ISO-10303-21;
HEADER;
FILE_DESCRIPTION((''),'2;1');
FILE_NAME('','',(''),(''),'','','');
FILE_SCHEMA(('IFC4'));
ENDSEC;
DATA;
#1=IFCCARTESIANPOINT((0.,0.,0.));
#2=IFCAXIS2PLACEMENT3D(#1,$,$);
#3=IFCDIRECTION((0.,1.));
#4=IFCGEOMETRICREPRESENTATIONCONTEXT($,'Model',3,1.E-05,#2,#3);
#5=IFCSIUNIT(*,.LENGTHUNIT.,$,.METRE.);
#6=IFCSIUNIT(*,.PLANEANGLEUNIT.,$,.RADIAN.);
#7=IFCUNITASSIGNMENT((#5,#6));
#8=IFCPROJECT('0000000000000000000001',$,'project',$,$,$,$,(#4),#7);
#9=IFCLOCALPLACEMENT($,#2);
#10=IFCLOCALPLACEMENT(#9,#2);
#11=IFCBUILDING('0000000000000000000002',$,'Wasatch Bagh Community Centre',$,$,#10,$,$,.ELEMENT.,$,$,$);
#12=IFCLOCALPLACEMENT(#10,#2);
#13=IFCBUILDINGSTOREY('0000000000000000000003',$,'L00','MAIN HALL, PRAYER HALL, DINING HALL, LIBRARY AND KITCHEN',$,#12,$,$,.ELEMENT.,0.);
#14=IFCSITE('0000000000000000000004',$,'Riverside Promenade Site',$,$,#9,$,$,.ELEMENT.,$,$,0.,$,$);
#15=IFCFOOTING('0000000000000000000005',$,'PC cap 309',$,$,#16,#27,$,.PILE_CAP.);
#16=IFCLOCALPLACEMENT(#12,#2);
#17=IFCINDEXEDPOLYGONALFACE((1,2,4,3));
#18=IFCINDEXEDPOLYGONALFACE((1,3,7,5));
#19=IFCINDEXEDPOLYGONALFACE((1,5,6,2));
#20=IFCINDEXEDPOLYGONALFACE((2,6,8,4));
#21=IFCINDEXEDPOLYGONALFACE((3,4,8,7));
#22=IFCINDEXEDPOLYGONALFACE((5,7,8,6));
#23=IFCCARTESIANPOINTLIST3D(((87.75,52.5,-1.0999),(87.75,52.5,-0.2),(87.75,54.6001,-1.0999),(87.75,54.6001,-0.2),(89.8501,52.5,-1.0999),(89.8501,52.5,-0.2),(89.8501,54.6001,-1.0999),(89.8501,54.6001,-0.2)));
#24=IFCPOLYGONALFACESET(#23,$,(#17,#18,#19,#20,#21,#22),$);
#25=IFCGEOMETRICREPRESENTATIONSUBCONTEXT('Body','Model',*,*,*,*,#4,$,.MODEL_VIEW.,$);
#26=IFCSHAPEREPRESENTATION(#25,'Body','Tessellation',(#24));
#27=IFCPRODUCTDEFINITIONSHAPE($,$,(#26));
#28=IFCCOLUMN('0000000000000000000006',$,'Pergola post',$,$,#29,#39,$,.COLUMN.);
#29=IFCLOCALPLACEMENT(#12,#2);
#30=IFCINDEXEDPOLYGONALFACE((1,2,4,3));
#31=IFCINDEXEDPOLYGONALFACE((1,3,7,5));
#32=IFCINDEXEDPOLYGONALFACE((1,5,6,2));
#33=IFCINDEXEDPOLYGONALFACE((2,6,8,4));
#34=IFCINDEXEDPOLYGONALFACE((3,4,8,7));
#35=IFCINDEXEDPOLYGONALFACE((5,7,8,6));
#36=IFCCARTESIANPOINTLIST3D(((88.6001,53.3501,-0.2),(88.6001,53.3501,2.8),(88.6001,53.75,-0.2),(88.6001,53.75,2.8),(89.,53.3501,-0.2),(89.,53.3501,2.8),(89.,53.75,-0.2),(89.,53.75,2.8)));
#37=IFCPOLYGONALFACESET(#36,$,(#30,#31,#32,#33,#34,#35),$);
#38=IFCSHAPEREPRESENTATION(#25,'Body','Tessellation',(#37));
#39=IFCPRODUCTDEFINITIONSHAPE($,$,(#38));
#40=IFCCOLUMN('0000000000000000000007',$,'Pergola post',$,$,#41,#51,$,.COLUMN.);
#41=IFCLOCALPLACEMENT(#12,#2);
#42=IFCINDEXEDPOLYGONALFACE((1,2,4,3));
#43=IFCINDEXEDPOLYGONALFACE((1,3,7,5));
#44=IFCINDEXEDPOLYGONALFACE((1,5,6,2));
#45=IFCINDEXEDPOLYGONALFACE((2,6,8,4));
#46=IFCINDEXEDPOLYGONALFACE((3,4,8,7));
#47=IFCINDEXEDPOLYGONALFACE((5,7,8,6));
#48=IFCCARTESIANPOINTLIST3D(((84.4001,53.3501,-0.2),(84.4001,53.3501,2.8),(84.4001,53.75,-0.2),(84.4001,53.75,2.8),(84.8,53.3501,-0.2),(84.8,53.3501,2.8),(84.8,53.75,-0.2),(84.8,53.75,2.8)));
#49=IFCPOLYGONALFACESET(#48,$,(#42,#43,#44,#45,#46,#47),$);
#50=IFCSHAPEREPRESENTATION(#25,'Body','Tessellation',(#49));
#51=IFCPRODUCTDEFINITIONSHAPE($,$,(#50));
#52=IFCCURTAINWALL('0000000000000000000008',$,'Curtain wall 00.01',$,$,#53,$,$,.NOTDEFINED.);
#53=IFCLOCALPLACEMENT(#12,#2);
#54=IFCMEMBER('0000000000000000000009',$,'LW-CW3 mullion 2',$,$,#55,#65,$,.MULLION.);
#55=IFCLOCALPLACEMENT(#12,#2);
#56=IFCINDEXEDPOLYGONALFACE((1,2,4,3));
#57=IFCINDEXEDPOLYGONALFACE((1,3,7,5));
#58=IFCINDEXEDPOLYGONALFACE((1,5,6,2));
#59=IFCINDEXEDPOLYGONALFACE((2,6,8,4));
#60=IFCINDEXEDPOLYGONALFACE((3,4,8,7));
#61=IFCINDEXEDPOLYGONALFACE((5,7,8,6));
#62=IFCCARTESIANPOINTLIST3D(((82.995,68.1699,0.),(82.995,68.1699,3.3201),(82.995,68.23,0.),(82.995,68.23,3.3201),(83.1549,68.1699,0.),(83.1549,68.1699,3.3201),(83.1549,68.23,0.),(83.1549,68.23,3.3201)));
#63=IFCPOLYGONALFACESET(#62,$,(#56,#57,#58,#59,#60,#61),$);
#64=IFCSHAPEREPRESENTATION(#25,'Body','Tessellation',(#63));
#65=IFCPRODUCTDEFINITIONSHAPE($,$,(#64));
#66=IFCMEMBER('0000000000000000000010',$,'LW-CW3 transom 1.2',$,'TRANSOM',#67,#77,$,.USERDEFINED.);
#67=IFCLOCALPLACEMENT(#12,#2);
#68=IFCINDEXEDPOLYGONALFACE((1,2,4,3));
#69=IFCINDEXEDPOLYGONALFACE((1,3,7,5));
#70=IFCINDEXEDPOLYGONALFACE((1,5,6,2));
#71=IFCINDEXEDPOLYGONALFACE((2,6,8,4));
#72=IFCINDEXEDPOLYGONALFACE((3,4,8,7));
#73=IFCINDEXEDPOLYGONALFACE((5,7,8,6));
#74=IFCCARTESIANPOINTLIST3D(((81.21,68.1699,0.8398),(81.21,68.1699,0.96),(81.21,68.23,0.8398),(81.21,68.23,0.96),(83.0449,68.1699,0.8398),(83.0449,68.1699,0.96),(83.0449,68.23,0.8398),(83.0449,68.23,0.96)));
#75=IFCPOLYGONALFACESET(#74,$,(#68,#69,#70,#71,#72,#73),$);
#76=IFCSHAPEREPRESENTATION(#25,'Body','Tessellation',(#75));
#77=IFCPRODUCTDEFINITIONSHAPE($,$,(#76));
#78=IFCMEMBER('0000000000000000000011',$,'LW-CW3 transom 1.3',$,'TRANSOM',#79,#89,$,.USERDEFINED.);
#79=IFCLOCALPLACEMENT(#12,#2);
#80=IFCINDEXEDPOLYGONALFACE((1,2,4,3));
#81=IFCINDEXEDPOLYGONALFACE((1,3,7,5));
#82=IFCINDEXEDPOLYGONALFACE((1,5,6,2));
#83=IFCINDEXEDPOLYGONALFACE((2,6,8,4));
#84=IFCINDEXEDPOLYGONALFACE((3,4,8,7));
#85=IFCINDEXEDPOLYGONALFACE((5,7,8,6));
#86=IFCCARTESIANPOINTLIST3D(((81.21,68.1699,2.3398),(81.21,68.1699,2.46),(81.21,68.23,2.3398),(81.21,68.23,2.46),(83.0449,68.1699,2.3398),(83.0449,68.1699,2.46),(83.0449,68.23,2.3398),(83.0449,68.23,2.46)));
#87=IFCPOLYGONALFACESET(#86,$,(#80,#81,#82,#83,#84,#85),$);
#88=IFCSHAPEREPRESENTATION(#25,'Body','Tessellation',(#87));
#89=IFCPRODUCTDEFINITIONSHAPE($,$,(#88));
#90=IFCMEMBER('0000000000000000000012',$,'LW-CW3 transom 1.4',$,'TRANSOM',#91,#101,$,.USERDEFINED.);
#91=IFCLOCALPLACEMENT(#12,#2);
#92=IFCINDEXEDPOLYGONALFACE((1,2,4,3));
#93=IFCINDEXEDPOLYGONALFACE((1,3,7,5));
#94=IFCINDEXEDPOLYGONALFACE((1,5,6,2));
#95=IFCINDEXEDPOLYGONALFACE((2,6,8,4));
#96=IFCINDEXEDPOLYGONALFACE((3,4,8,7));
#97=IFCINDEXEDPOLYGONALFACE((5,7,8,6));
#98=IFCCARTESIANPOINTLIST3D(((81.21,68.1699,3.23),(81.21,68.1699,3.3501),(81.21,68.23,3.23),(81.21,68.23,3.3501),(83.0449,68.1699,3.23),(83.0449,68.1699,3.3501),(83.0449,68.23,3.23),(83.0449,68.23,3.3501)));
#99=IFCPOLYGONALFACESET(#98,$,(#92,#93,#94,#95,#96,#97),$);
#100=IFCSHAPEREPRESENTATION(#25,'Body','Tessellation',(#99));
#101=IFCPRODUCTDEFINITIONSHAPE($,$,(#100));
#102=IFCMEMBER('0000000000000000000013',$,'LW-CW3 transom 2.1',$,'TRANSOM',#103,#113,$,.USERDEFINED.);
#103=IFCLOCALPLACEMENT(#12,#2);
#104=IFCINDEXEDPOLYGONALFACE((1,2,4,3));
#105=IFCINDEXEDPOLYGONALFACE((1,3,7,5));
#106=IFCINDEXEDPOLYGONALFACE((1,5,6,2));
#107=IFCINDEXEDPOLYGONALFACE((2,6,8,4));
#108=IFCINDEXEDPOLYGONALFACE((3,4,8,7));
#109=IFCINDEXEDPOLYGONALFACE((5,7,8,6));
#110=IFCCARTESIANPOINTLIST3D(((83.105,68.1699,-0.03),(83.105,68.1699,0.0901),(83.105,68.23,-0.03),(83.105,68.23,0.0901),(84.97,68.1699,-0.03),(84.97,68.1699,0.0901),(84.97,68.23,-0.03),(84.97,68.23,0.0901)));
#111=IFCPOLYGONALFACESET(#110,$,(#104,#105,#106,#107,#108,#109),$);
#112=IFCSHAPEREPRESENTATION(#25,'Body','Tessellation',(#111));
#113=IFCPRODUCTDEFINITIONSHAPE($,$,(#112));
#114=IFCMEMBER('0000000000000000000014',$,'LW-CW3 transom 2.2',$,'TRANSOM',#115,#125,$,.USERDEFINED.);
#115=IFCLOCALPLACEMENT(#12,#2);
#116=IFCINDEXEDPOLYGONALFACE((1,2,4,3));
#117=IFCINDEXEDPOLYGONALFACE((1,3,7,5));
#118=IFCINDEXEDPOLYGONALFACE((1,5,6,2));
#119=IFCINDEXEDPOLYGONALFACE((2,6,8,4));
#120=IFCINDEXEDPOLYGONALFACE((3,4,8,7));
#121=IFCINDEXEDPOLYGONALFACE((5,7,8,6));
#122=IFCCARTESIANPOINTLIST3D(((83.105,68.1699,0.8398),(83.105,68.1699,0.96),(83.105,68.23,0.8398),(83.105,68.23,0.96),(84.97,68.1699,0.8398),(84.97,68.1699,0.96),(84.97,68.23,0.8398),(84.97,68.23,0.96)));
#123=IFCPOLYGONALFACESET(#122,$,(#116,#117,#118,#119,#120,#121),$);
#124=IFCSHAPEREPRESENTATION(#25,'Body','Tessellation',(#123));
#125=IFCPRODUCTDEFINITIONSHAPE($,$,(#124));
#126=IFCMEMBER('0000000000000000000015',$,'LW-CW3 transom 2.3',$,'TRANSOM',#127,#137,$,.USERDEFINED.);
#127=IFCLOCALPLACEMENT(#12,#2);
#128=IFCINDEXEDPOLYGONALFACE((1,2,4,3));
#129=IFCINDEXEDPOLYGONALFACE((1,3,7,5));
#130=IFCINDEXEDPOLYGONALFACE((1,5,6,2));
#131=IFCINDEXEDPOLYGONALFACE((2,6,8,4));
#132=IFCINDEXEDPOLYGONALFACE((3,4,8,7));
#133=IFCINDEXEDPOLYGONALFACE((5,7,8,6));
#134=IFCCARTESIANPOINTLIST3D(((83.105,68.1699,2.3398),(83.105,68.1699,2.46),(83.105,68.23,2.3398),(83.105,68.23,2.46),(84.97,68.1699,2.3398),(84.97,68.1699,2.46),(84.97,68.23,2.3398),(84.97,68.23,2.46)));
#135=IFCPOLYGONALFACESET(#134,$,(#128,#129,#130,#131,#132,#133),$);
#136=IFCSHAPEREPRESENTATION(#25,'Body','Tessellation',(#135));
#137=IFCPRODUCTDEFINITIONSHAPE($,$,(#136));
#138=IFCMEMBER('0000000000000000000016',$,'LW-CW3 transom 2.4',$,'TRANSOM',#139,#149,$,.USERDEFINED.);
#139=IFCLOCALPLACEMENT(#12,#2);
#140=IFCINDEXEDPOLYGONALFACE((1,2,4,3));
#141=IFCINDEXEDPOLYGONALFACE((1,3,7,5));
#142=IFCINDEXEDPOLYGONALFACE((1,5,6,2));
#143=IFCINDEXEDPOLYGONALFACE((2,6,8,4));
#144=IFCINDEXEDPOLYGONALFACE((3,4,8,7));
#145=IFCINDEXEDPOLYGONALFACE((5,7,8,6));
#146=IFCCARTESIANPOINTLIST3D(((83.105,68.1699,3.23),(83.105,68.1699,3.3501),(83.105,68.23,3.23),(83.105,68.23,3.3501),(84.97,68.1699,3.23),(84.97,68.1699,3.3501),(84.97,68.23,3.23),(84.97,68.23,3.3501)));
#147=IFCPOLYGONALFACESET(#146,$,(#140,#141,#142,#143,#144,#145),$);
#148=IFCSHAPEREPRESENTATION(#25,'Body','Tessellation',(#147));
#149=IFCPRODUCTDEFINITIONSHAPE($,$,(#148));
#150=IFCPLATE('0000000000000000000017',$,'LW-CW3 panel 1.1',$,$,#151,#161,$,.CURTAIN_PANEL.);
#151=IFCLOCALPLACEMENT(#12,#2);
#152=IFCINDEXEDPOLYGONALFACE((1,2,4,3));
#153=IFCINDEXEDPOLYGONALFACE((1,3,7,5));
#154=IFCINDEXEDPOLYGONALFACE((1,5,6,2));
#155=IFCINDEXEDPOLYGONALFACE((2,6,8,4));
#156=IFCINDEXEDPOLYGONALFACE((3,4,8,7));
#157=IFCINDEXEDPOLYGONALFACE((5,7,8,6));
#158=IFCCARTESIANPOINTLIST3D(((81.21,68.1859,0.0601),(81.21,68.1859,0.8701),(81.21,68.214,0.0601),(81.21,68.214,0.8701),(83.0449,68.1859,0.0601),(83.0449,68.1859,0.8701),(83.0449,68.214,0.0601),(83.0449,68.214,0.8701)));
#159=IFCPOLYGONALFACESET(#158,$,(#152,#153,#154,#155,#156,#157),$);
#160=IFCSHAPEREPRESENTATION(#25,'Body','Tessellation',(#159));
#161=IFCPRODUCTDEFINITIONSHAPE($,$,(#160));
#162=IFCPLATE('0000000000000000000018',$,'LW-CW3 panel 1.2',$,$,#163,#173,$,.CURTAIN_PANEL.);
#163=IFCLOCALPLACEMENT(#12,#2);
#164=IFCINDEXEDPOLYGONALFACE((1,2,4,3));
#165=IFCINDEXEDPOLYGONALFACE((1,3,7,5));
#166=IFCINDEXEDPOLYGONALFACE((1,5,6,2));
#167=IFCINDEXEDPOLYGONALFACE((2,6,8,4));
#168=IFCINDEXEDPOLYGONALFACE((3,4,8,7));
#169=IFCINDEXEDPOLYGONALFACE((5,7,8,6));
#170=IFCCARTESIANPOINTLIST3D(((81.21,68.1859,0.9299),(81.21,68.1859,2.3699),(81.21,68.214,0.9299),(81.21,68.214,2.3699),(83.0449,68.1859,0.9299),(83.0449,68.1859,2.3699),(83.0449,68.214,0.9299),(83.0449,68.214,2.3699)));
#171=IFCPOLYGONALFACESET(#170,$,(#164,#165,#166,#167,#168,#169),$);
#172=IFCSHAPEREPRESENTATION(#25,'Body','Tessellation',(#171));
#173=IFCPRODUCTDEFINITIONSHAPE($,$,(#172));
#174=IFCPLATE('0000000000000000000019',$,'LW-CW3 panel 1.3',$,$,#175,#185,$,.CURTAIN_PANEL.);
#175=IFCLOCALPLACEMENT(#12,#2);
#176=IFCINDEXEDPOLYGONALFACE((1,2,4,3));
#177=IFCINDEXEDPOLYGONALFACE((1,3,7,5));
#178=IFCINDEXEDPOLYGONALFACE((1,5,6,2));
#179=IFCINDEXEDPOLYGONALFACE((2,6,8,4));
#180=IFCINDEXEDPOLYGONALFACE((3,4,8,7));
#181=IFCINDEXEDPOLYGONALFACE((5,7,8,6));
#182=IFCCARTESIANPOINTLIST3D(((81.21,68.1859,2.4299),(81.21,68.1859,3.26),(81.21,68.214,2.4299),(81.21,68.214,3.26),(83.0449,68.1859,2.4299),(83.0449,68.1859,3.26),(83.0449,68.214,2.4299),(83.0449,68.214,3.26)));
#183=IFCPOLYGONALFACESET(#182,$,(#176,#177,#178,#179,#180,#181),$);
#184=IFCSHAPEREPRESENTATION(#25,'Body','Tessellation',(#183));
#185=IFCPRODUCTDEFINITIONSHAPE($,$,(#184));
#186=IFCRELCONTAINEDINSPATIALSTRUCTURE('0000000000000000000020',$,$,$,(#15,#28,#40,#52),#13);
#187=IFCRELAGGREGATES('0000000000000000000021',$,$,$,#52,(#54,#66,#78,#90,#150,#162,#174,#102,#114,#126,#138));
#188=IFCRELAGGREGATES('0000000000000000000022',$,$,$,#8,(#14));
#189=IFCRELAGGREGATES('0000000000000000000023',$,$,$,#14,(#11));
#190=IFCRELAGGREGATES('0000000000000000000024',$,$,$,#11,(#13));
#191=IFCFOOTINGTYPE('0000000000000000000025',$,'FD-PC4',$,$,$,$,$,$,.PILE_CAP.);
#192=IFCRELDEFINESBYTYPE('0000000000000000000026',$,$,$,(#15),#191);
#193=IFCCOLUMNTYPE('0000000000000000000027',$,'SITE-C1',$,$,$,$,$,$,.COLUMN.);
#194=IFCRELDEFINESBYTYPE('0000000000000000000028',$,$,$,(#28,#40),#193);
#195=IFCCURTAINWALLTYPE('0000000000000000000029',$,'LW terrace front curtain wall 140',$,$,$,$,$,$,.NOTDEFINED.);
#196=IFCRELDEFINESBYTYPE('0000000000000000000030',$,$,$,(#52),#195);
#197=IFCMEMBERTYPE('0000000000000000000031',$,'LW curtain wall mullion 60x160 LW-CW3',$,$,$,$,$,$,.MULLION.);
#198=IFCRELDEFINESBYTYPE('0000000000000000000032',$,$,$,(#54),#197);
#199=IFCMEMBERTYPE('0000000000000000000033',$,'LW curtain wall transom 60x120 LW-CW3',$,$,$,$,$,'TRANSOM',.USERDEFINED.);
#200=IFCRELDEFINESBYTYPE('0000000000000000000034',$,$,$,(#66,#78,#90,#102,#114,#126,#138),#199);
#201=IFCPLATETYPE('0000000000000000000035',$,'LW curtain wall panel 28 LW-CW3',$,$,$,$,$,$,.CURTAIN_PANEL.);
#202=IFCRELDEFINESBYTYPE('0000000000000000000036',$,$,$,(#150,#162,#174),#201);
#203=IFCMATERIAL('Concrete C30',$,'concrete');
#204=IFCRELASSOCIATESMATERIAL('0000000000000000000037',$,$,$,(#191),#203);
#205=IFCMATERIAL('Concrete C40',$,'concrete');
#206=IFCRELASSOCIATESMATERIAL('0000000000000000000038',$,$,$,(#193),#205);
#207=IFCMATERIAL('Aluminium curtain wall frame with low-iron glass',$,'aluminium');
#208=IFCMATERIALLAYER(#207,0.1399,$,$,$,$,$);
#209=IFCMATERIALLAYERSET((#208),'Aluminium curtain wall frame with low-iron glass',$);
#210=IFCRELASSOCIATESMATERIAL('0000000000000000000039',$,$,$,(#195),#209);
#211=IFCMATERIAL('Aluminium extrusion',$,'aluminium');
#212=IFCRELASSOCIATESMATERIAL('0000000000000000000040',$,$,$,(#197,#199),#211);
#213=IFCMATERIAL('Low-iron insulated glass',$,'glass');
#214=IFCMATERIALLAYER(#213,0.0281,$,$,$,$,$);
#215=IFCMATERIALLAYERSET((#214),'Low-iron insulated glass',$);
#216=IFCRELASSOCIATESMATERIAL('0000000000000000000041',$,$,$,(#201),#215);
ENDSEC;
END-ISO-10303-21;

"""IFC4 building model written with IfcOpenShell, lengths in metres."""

from ifc_helpers import new_model, si_unit, direction, frame, origin, origin_2d, place, context, subcontext, project, spatial, rectangle, extrude, material, layer, layer_set, material_profile, profile_set, type_object, element, aggregate, save


model = new_model("IFC4")

# Units and contexts
model_context = context("Model", 3, precision=1e-05, world=origin(), true_north=direction((0.0, 1.0)))
body_context = subcontext(model_context, "Body", "Model", "MODEL_VIEW")
ifc_project = project(units=[si_unit("LENGTHUNIT", "METRE"), si_unit("PLANEANGLEUNIT", "RADIAN")], contexts=[model_context])

# Site, building, storey
site_placement = place(None, origin())
site = spatial("IfcSite", under=ifc_project, at=site_placement, Name="Riverside Promenade Site", CompositionType="ELEMENT", RefElevation=0.0)
building_placement = place(site_placement, origin())
building = spatial("IfcBuilding", under=site, at=building_placement, Name="Wasatch Bagh Community Centre", CompositionType="ELEMENT")
storey_placement = place(building_placement, origin())
storey = spatial("IfcBuildingStorey", under=building, at=storey_placement, Name="L00", Description="MAIN HALL, PRAYER HALL, DINING HALL, LIBRARY AND KITCHEN", CompositionType="ELEMENT", Elevation=0.0)

# Shared definitions
ifc_material_1 = material(Name="Concrete C30", Category="concrete")

# Footing
footing_type_1 = type_object("IfcFootingType", Name="FD-PC4", PredefinedType="PILE_CAP", material=ifc_material_1)
for number, where, z_axis, x_axis, name in (
    (1, (88.8, 53.55, -1.0999), (0.0, 0.0, 1.0), (1.0, 0.0, 0.0), "PC cap 309"),
):
    element("IfcFooting", number, at=place(storey_placement, frame(where, z_axis=z_axis, x_axis=x_axis)), inside=storey, type_object=footing_type_1, Name=name, PredefinedType="PILE_CAP", context=body_context, shape_type="SweptSolid", body=[
        extrude(rectangle(XDim=2.1001, YDim=2.1001, at=origin_2d()), origin(), (0.0, 0.0, 1.0), 0.8999),
    ])

# Columns
ifc_material_2 = material(Name="Concrete C40", Category="concrete")
ifc_material_profile_1 = material_profile(ifc_material_2, rectangle(XDim=0.3999, YDim=0.3999, at=origin_2d()), Name="RC 400x400")
ifc_profile_set_1 = profile_set([ifc_material_profile_1], Name="Concrete C40")
column_type = type_object("IfcColumnType", Name="SITE-C1", PredefinedType="COLUMN", material=ifc_profile_set_1)
for number, where, z_axis, x_axis, name in (
    (2, (88.8, 53.55, -0.2), (0.0, 0.0, 1.0), (1.0, 0.0, 0.0), "Pergola post"),
    (3, (84.6001, 53.55, -0.2), (0.0, 0.0, 1.0), (1.0, 0.0, 0.0), "Pergola post"),
):
    element("IfcColumn", number, at=place(storey_placement, frame(where, z_axis=z_axis, x_axis=x_axis)), inside=storey, type_object=column_type, Name=name, PredefinedType="COLUMN", context=body_context, shape_type="SweptSolid", body=[
        extrude(rectangle(XDim=0.3999, YDim=0.3999, at=origin_2d()), origin(), (0.0, 0.0, 1.0), 3.0),
    ])

# Curtain wall, members, plates
ifc_material_3 = material(Name="Aluminium curtain wall frame with low-iron glass", Category="aluminium")
ifc_layer_1 = layer(ifc_material_3, 0.1399)
ifc_layer_set_1 = layer_set([ifc_layer_1], Name="Aluminium curtain wall frame with low-iron glass")
curtain_wall_type = type_object("IfcCurtainWallType", Name="LW terrace front curtain wall 140", PredefinedType="NOTDEFINED", material=ifc_layer_set_1)
curtain_wall_placement = place(storey_placement, origin())
curtain_wall = element("IfcCurtainWall", 4, at=curtain_wall_placement, inside=storey, type_object=curtain_wall_type, Name="Curtain wall 00.01", PredefinedType="NOTDEFINED")
ifc_material_4 = material(Name="Aluminium extrusion", Category="aluminium")
ifc_material_profile_2 = material_profile(ifc_material_4, rectangle(XDim=0.0601, YDim=0.1599, at=origin_2d()), Name="AL 60x160")
ifc_profile_set_2 = profile_set([ifc_material_profile_2], Name="Aluminium extrusion")
member_type_1 = type_object("IfcMemberType", Name="LW curtain wall mullion 60x160 LW-CW3", PredefinedType="MULLION", material=ifc_profile_set_2)
member_1_placement = place(storey_placement, frame((83.075, 68.2, 0.0), z_axis=(0.0, 0.0, 1.0), x_axis=(0.0, 1.0, 0.0)))
member_1 = element("IfcMember", 5, at=member_1_placement, type_object=member_type_1, Name="LW-CW3 mullion 2", PredefinedType="MULLION", context=body_context, shape_type="SweptSolid", body=[
    extrude(rectangle(XDim=0.0601, YDim=0.1599, at=origin_2d()), origin(), (0.0, 0.0, 1.0), 3.3201),
])
ifc_material_profile_3 = material_profile(ifc_material_4, rectangle(XDim=0.0601, YDim=0.1201, at=origin_2d()), Name="AL 60x120")
ifc_profile_set_3 = profile_set([ifc_material_profile_3], Name="Aluminium extrusion")
member_type_2 = type_object("IfcMemberType", Name="LW curtain wall transom 60x120 LW-CW3", ElementType="TRANSOM", PredefinedType="USERDEFINED", material=ifc_profile_set_3)
member_2_placement = place(storey_placement, frame((81.21, 68.2, 0.8999), z_axis=(1.0, 0.0, 0.0), x_axis=(0.0, 1.0, 0.0)))
member_2 = element("IfcMember", 6, at=member_2_placement, type_object=member_type_2, Name="LW-CW3 transom 1.2", ObjectType="TRANSOM", PredefinedType="USERDEFINED", context=body_context, shape_type="SweptSolid", body=[
    extrude(rectangle(XDim=0.0601, YDim=0.1201, at=origin_2d()), origin(), (0.0, 0.0, 1.0), 1.835),
])
member_3_placement = place(storey_placement, frame((81.21, 68.2, 2.3999), z_axis=(1.0, 0.0, 0.0), x_axis=(0.0, 1.0, 0.0)))
member_3 = element("IfcMember", 7, at=member_3_placement, type_object=member_type_2, Name="LW-CW3 transom 1.3", ObjectType="TRANSOM", PredefinedType="USERDEFINED", context=body_context, shape_type="SweptSolid", body=[
    extrude(rectangle(XDim=0.0601, YDim=0.1201, at=origin_2d()), origin(), (0.0, 0.0, 1.0), 1.835),
])
member_4_placement = place(storey_placement, frame((81.21, 68.2, 3.29), z_axis=(1.0, 0.0, 0.0), x_axis=(0.0, 1.0, 0.0)))
member_4 = element("IfcMember", 8, at=member_4_placement, type_object=member_type_2, Name="LW-CW3 transom 1.4", ObjectType="TRANSOM", PredefinedType="USERDEFINED", context=body_context, shape_type="SweptSolid", body=[
    extrude(rectangle(XDim=0.0601, YDim=0.1201, at=origin_2d()), origin(), (0.0, 0.0, 1.0), 1.835),
])
member_5_placement = place(storey_placement, frame((83.105, 68.2, 0.03), z_axis=(1.0, 0.0, 0.0), x_axis=(0.0, 1.0, 0.0)))
member_5 = element("IfcMember", 9, at=member_5_placement, type_object=member_type_2, Name="LW-CW3 transom 2.1", ObjectType="TRANSOM", PredefinedType="USERDEFINED", context=body_context, shape_type="SweptSolid", body=[
    extrude(rectangle(XDim=0.0601, YDim=0.1201, at=origin_2d()), origin(), (0.0, 0.0, 1.0), 1.865),
])
member_6_placement = place(storey_placement, frame((83.105, 68.2, 0.8999), z_axis=(1.0, 0.0, 0.0), x_axis=(0.0, 1.0, 0.0)))
member_6 = element("IfcMember", 10, at=member_6_placement, type_object=member_type_2, Name="LW-CW3 transom 2.2", ObjectType="TRANSOM", PredefinedType="USERDEFINED", context=body_context, shape_type="SweptSolid", body=[
    extrude(rectangle(XDim=0.0601, YDim=0.1201, at=origin_2d()), origin(), (0.0, 0.0, 1.0), 1.865),
])
member_7_placement = place(storey_placement, frame((83.105, 68.2, 2.3999), z_axis=(1.0, 0.0, 0.0), x_axis=(0.0, 1.0, 0.0)))
member_7 = element("IfcMember", 11, at=member_7_placement, type_object=member_type_2, Name="LW-CW3 transom 2.3", ObjectType="TRANSOM", PredefinedType="USERDEFINED", context=body_context, shape_type="SweptSolid", body=[
    extrude(rectangle(XDim=0.0601, YDim=0.1201, at=origin_2d()), origin(), (0.0, 0.0, 1.0), 1.865),
])
member_8_placement = place(storey_placement, frame((83.105, 68.2, 3.29), z_axis=(1.0, 0.0, 0.0), x_axis=(0.0, 1.0, 0.0)))
member_8 = element("IfcMember", 12, at=member_8_placement, type_object=member_type_2, Name="LW-CW3 transom 2.4", ObjectType="TRANSOM", PredefinedType="USERDEFINED", context=body_context, shape_type="SweptSolid", body=[
    extrude(rectangle(XDim=0.0601, YDim=0.1201, at=origin_2d()), origin(), (0.0, 0.0, 1.0), 1.865),
])
ifc_material_5 = material(Name="Low-iron insulated glass", Category="glass")
ifc_layer_2 = layer(ifc_material_5, 0.0281)
ifc_layer_set_2 = layer_set([ifc_layer_2], Name="Low-iron insulated glass")
plate_type = type_object("IfcPlateType", Name="LW curtain wall panel 28 LW-CW3", PredefinedType="CURTAIN_PANEL", material=ifc_layer_set_2)
plate_1_placement = place(storey_placement, frame((82.1274, 68.2, 0.0601), z_axis=(0.0, 0.0, 1.0), x_axis=(1.0, 0.0, 0.0)))
plate_1 = element("IfcPlate", 13, at=plate_1_placement, type_object=plate_type, Name="LW-CW3 panel 1.1", PredefinedType="CURTAIN_PANEL", context=body_context, shape_type="SweptSolid", body=[
    extrude(rectangle(XDim=1.835, YDim=0.0281, at=origin_2d()), origin(), (0.0, 0.0, 1.0), 0.8101),
])
plate_2_placement = place(storey_placement, frame((82.1274, 68.2, 0.9299), z_axis=(0.0, 0.0, 1.0), x_axis=(1.0, 0.0, 0.0)))
plate_2 = element("IfcPlate", 14, at=plate_2_placement, type_object=plate_type, Name="LW-CW3 panel 1.2", PredefinedType="CURTAIN_PANEL", context=body_context, shape_type="SweptSolid", body=[
    extrude(rectangle(XDim=1.835, YDim=0.0281, at=origin_2d()), origin(), (0.0, 0.0, 1.0), 1.4399),
])
plate_3_placement = place(storey_placement, frame((82.1274, 68.2, 2.4299), z_axis=(0.0, 0.0, 1.0), x_axis=(1.0, 0.0, 0.0)))
plate_3 = element("IfcPlate", 15, at=plate_3_placement, type_object=plate_type, Name="LW-CW3 panel 1.3", PredefinedType="CURTAIN_PANEL", context=body_context, shape_type="SweptSolid", body=[
    extrude(rectangle(XDim=1.835, YDim=0.0281, at=origin_2d()), origin(), (0.0, 0.0, 1.0), 0.8301),
])
aggregate(curtain_wall, [member_1, member_2, member_3, member_4, plate_1, plate_2, plate_3, member_5, member_6, member_7, member_8])

save(model, "model.ifc")
